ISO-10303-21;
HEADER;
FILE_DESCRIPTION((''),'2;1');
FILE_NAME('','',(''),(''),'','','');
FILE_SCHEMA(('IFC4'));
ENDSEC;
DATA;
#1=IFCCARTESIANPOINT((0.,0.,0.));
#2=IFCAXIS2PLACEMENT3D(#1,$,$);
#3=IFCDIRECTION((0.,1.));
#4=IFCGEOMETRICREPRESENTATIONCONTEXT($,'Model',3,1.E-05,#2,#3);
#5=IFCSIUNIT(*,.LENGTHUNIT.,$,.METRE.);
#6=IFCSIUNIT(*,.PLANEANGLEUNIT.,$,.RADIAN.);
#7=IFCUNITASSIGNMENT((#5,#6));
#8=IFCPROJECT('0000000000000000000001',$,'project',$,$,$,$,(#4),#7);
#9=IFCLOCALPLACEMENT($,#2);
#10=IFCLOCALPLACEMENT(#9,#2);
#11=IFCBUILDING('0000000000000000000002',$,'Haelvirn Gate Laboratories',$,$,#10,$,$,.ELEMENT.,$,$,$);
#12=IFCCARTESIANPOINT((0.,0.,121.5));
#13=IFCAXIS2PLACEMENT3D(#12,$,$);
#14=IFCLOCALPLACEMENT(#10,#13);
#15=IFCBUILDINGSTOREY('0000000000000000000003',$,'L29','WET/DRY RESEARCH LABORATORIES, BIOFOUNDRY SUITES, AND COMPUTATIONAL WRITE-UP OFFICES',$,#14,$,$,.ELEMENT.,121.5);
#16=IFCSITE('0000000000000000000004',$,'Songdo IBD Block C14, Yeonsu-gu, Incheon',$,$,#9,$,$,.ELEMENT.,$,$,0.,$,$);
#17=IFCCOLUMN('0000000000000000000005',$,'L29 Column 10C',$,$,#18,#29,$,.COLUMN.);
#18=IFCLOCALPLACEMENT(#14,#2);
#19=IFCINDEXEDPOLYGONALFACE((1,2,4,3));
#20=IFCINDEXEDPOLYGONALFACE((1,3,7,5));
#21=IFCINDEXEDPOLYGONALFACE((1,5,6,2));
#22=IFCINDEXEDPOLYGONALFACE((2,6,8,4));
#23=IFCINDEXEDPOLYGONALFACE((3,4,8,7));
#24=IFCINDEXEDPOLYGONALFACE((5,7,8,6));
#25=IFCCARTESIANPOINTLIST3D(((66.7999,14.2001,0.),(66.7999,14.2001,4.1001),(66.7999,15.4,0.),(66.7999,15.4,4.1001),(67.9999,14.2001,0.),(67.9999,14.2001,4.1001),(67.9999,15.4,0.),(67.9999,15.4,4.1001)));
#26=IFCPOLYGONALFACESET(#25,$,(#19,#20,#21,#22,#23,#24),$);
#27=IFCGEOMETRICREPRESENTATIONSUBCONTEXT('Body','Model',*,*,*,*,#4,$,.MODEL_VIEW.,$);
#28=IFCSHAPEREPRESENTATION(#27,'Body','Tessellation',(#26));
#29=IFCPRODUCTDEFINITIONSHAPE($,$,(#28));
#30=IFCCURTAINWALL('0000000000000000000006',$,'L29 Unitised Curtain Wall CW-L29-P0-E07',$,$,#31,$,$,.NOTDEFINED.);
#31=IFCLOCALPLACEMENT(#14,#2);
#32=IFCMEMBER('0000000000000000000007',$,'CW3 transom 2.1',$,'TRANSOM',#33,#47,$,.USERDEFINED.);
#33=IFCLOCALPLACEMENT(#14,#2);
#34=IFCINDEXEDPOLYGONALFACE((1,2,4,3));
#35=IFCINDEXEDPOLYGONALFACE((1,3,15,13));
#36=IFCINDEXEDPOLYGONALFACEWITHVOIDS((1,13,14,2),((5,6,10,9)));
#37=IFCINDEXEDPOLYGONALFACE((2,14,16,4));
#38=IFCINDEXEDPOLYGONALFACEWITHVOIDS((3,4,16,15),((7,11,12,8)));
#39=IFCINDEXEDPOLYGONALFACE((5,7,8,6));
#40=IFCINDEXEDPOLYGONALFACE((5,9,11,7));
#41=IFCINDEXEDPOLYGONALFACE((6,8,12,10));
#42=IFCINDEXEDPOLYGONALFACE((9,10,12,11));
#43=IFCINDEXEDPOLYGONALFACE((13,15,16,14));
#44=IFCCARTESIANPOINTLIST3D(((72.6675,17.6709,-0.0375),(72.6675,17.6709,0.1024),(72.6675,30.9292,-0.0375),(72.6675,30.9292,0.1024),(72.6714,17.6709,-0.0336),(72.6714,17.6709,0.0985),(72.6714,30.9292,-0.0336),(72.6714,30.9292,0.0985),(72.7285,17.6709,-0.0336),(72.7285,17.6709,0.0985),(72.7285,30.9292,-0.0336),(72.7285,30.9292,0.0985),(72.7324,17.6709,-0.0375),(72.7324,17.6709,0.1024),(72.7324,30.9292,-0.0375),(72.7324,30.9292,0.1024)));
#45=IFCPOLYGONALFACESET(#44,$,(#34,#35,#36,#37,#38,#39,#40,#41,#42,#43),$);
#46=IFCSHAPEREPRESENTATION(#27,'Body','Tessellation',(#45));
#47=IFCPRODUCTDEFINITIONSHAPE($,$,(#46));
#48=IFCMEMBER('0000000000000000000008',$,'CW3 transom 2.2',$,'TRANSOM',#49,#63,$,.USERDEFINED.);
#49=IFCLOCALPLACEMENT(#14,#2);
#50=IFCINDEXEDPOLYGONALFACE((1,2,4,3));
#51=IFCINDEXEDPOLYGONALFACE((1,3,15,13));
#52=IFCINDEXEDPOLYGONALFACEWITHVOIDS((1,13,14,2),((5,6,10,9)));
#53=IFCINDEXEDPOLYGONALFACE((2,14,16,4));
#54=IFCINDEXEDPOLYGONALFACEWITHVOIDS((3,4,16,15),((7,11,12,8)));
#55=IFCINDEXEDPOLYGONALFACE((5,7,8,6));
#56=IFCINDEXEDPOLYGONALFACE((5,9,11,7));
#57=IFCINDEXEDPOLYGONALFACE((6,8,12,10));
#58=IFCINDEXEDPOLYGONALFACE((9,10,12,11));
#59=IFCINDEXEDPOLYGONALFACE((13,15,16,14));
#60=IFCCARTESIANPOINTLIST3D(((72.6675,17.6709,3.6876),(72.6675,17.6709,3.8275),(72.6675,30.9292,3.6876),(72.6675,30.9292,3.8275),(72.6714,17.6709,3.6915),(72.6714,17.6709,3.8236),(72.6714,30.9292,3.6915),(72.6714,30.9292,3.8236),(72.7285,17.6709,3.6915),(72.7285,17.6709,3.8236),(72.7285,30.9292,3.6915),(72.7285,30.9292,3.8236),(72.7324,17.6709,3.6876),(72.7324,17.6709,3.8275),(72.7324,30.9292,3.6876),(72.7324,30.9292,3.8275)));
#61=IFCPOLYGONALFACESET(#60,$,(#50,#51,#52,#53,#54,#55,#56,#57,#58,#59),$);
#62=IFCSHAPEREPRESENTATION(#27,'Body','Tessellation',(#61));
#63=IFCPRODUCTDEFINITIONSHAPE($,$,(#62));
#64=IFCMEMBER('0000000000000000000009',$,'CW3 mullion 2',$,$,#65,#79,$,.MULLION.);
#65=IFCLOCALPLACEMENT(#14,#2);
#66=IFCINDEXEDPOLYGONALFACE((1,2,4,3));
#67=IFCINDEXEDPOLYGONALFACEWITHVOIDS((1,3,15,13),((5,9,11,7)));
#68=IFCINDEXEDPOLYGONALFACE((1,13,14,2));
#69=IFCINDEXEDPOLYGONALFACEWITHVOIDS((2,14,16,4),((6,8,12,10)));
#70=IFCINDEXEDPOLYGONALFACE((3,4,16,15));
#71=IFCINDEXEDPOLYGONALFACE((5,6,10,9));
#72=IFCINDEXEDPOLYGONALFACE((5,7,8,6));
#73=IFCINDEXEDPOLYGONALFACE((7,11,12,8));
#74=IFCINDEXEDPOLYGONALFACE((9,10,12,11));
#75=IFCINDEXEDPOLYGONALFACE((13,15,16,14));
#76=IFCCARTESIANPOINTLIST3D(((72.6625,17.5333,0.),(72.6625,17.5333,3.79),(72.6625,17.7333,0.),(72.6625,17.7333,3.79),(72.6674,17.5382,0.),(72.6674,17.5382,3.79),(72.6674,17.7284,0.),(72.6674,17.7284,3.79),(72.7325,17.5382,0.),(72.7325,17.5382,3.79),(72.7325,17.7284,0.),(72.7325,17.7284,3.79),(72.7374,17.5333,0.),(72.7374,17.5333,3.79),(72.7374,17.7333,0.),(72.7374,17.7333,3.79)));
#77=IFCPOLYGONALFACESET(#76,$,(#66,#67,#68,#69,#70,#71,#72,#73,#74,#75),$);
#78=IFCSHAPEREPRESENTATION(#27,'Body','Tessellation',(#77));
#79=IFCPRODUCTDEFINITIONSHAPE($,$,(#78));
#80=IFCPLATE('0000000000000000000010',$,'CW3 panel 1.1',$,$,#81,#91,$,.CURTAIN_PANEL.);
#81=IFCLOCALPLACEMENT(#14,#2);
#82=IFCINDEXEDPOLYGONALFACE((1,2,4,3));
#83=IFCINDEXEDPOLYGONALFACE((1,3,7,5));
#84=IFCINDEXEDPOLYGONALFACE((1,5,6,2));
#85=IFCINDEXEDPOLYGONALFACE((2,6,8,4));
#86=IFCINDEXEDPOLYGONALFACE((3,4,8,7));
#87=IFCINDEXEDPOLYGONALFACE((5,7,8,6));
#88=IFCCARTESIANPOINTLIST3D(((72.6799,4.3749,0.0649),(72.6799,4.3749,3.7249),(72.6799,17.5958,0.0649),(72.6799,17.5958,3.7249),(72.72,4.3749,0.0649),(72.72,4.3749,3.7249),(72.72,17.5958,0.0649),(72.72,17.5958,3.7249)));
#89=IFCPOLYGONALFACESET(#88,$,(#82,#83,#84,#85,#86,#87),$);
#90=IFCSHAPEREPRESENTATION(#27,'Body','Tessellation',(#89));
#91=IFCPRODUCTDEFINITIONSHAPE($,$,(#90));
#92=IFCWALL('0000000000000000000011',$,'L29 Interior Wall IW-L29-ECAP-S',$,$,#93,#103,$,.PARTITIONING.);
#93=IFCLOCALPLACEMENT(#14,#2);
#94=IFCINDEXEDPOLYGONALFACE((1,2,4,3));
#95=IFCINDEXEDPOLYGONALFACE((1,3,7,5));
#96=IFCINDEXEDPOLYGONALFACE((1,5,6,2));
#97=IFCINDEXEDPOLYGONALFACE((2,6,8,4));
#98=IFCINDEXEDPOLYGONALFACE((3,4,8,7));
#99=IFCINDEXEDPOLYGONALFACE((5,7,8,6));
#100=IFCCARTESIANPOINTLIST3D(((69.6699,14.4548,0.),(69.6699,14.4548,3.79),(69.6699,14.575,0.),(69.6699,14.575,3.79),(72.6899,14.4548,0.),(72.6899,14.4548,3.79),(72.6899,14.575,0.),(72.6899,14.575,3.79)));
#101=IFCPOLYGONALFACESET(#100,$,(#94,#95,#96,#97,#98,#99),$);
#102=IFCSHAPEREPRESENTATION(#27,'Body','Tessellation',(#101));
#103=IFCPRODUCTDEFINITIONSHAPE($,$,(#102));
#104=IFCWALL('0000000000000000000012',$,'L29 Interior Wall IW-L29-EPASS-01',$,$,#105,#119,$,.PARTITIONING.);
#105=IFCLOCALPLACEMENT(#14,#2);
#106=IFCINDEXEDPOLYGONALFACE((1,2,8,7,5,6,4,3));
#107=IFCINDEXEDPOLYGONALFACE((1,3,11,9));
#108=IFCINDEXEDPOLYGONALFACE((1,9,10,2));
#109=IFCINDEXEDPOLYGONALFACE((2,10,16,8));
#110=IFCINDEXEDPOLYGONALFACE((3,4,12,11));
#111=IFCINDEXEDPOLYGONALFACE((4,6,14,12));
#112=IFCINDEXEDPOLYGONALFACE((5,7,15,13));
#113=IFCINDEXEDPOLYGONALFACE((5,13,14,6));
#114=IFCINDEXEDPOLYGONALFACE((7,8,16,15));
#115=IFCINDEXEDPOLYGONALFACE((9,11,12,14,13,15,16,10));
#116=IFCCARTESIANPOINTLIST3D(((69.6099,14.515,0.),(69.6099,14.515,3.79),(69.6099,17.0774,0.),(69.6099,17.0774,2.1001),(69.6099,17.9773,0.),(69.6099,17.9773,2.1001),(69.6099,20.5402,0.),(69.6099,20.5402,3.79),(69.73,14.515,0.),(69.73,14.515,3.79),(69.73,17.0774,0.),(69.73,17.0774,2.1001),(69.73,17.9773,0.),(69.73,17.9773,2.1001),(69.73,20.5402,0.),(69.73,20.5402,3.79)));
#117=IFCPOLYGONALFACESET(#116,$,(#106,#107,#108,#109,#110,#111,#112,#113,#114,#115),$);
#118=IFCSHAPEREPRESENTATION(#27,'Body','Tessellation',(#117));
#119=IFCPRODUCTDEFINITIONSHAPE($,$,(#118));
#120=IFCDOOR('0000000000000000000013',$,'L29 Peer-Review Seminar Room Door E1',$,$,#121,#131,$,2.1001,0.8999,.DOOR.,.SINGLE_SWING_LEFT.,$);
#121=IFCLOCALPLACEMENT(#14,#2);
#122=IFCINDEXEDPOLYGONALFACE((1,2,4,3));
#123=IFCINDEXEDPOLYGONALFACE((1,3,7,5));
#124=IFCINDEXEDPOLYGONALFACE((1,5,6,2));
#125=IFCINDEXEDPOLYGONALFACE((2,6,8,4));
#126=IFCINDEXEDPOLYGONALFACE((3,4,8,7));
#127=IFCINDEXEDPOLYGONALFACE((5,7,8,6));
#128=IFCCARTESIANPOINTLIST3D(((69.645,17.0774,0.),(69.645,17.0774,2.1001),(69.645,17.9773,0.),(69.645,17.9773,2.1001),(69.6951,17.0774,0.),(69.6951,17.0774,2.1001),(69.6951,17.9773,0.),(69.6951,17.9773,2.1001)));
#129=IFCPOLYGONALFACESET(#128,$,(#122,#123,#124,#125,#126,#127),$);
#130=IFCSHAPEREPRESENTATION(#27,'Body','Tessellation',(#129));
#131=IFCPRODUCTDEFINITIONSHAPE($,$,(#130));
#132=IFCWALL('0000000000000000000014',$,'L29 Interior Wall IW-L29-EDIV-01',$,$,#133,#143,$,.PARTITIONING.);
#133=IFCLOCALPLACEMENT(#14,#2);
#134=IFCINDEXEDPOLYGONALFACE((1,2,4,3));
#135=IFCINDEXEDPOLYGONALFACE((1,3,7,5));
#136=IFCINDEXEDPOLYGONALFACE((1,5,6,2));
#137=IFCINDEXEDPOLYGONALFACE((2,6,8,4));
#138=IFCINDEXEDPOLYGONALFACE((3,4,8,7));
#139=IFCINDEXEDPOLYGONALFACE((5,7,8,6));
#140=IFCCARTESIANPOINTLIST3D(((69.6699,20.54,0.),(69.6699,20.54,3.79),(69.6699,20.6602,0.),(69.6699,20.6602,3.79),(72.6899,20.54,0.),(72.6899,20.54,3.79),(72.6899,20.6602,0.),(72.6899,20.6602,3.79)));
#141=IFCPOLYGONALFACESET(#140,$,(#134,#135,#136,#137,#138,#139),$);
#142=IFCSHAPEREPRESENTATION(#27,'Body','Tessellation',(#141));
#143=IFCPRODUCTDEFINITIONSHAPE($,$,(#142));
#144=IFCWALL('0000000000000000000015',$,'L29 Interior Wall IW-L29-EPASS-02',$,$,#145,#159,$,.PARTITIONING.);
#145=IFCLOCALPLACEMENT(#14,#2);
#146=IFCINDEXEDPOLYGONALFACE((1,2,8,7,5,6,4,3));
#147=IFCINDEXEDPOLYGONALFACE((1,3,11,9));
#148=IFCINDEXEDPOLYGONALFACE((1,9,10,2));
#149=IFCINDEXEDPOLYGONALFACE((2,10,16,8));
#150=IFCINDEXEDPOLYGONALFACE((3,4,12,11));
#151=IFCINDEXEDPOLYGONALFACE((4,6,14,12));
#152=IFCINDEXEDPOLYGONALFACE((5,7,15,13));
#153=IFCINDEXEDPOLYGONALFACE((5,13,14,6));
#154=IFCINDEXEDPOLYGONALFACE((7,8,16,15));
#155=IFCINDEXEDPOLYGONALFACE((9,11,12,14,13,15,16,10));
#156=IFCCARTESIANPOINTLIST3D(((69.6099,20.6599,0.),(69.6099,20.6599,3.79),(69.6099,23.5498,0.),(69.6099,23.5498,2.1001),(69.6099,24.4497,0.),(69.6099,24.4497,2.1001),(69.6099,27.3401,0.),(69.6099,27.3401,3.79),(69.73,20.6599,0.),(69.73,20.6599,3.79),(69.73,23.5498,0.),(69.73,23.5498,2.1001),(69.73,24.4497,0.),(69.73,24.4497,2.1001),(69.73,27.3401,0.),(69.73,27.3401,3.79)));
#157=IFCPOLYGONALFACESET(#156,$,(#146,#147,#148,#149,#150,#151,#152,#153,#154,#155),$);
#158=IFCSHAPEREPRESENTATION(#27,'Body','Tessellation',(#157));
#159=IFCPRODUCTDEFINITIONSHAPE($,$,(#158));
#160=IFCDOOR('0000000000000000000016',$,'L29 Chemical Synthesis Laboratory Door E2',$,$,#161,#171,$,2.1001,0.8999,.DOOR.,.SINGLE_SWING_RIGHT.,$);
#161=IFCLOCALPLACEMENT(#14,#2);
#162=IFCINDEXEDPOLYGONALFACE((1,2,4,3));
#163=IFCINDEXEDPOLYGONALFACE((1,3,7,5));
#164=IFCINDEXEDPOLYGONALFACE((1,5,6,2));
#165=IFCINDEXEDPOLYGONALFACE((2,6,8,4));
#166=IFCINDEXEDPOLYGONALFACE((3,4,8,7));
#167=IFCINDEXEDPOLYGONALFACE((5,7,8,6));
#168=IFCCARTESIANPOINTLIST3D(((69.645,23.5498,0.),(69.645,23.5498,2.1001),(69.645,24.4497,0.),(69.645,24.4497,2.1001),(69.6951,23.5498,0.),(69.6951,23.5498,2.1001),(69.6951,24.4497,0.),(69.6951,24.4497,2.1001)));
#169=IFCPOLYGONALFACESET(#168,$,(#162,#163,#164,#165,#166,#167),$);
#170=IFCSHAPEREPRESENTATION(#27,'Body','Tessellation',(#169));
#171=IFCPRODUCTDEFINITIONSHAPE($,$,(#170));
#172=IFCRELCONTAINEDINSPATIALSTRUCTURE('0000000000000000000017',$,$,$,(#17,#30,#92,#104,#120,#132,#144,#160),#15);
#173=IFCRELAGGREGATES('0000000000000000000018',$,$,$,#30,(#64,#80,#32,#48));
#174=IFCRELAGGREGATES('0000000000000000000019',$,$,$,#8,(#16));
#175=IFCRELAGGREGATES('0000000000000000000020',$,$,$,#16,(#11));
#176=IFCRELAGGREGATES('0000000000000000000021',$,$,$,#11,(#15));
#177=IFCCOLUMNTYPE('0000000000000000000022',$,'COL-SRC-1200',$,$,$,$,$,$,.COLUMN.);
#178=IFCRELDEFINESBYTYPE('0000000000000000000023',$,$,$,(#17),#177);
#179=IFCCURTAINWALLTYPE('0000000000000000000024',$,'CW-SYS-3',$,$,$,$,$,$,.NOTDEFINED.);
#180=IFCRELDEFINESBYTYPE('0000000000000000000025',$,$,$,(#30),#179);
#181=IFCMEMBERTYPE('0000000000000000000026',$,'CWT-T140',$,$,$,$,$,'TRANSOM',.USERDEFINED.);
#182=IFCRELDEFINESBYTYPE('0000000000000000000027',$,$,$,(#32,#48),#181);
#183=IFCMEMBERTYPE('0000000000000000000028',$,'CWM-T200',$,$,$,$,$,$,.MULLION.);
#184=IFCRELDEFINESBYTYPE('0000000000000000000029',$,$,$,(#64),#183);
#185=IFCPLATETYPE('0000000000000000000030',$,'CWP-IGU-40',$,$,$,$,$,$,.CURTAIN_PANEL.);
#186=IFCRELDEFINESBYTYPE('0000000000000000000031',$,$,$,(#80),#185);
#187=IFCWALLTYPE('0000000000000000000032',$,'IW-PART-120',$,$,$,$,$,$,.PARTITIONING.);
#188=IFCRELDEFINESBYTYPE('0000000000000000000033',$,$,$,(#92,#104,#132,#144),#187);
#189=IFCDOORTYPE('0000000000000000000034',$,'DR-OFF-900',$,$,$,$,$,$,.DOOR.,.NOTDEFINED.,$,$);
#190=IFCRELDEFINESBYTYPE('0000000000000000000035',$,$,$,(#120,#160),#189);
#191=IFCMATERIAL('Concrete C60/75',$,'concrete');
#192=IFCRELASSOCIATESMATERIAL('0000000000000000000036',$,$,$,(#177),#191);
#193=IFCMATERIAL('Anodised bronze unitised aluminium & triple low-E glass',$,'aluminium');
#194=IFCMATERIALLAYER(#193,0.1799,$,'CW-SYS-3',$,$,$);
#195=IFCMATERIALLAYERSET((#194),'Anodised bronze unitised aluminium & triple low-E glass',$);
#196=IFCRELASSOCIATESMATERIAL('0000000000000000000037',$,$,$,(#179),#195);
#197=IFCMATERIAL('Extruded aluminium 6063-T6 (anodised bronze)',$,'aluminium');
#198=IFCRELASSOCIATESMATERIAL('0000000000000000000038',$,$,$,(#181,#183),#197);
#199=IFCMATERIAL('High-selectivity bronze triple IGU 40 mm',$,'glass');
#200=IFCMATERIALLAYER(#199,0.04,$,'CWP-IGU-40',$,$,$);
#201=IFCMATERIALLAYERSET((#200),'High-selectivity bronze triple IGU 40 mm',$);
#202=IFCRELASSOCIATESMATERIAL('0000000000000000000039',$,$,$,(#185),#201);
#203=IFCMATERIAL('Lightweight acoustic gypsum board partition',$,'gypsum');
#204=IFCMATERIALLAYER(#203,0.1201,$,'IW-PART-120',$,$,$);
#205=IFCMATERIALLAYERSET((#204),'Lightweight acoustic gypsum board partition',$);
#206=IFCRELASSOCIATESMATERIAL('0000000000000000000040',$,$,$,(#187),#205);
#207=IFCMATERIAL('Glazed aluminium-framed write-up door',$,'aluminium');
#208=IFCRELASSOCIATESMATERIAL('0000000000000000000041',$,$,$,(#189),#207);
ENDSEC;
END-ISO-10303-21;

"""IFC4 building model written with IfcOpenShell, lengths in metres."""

from ifc_helpers import new_model, si_unit, direction, frame, frame_2d, origin, origin_2d, place, context, subcontext, project, spatial, rectangle, hollow_rectangle, extrude, source, transform, mapped, material, layer, layer_set, material_profile, profile_set, type_object, type_shapes, element, fill, aggregate, save


model = new_model("IFC4")

# Units and contexts
model_context = context("Model", 3, precision=1e-05, world=origin(), true_north=direction((0.0, 1.0)))
body_context = subcontext(model_context, "Body", "Model", "MODEL_VIEW")
ifc_project = project(units=[si_unit("LENGTHUNIT", "METRE"), si_unit("PLANEANGLEUNIT", "RADIAN")], contexts=[model_context])

# Site, building, storey
site_placement = place(None, origin())
site = spatial("IfcSite", under=ifc_project, at=site_placement, Name="Songdo IBD Block C14, Yeonsu-gu, Incheon", CompositionType="ELEMENT", RefElevation=0.0)
building_placement = place(site_placement, origin())
building = spatial("IfcBuilding", under=site, at=building_placement, Name="Haelvirn Gate Laboratories", CompositionType="ELEMENT")
storey_placement = place(building_placement, frame((0.0, 0.0, 121.5)))
storey = spatial("IfcBuildingStorey", under=building, at=storey_placement, Name="L29", Description="WET/DRY RESEARCH LABORATORIES, BIOFOUNDRY SUITES, AND COMPUTATIONAL WRITE-UP OFFICES", CompositionType="ELEMENT", Elevation=121.5)

# Column
ifc_material_1 = material(Name="Concrete C60/75", Category="concrete")
ifc_material_profile_1 = material_profile(ifc_material_1, rectangle(XDim=1.2, YDim=1.2, at=origin_2d()), Name="SRC-1200x1200")
ifc_profile_set_1 = profile_set([ifc_material_profile_1], Name="Concrete C60/75")
column_type = type_object("IfcColumnType", Name="COL-SRC-1200", PredefinedType="COLUMN", material=ifc_profile_set_1)
shared_shape_1 = source(origin(), body_context, "Body", "SweptSolid", [
    extrude(rectangle(XDim=1.2, YDim=1.2, at=origin_2d()), origin(), (0.0, 0.0, 1.0), 4.1001),
])
type_shapes(column_type, [shared_shape_1])
column_placement = place(storey_placement, frame((67.3999, 14.8, 0.0), z_axis=(0.0, 0.0, 1.0), x_axis=(1.0, 0.0, 0.0)))
element("IfcColumn", 1, at=column_placement, inside=storey, type_object=column_type, Name="L29 Column 10C", PredefinedType="COLUMN", context=body_context, shape_type="MappedRepresentation", body=[
    mapped(shared_shape_1, transform((0.0, 0.0, 0.0), scale=1.0)),
])

# Curtain wall, members, plate
ifc_material_2 = material(Name="Anodised bronze unitised aluminium & triple low-E glass", Category="aluminium")
ifc_layer_1 = layer(ifc_material_2, 0.1799, Name="CW-SYS-3")
ifc_layer_set_1 = layer_set([ifc_layer_1], Name="Anodised bronze unitised aluminium & triple low-E glass")
curtain_wall_type = type_object("IfcCurtainWallType", Name="CW-SYS-3", PredefinedType="NOTDEFINED", material=ifc_layer_set_1)
curtain_wall_placement = place(storey_placement, origin())
curtain_wall = element("IfcCurtainWall", 2, at=curtain_wall_placement, inside=storey, type_object=curtain_wall_type, Name="L29 Unitised Curtain Wall CW-L29-P0-E07", PredefinedType="NOTDEFINED")
ifc_material_3 = material(Name="Extruded aluminium 6063-T6 (anodised bronze)", Category="aluminium")
ifc_material_profile_2 = material_profile(ifc_material_3, hollow_rectangle(XDim=0.0649, YDim=0.1399, WallThickness=0.0039, at=origin_2d()), Name="CWT-140x65x4")
ifc_profile_set_2 = profile_set([ifc_material_profile_2], Name="Extruded aluminium 6063-T6 (anodised bronze)")
member_type_1 = type_object("IfcMemberType", Name="CWT-T140", ElementType="TRANSOM", PredefinedType="USERDEFINED", material=ifc_profile_set_2)
shared_shape_2 = source(origin(), body_context, "Body", "SweptSolid", [
    extrude(hollow_rectangle(XDim=0.0649, YDim=0.1399, WallThickness=0.0039, at=origin_2d()), origin(), (0.0, 0.0, 1.0), 13.2583),
])
type_shapes(member_type_1, [shared_shape_2])
member_1_placement = place(storey_placement, frame((72.7, 17.6709, 0.0325), z_axis=(0.0, 1.0, 0.0), x_axis=(-1.0, 0.0, 0.0)))
member_1 = element("IfcMember", 3, at=member_1_placement, type_object=member_type_1, Name="CW3 transom 2.1", ObjectType="TRANSOM", PredefinedType="USERDEFINED", context=body_context, shape_type="MappedRepresentation", body=[
    mapped(shared_shape_2, transform((0.0, 0.0, 0.0), scale=1.0)),
])
member_2_placement = place(storey_placement, frame((72.7, 17.6709, 3.7576), z_axis=(0.0, 1.0, 0.0), x_axis=(-1.0, 0.0, 0.0)))
member_2 = element("IfcMember", 4, at=member_2_placement, type_object=member_type_1, Name="CW3 transom 2.2", ObjectType="TRANSOM", PredefinedType="USERDEFINED", context=body_context, shape_type="MappedRepresentation", body=[
    mapped(shared_shape_2, transform((0.0, 0.0, 0.0), scale=1.0)),
])
ifc_material_profile_3 = material_profile(ifc_material_3, hollow_rectangle(XDim=0.075, YDim=0.2, WallThickness=0.0049, at=origin_2d()), Name="CWM-200x75x5")
ifc_profile_set_3 = profile_set([ifc_material_profile_3], Name="Extruded aluminium 6063-T6 (anodised bronze)")
member_type_2 = type_object("IfcMemberType", Name="CWM-T200", PredefinedType="MULLION", material=ifc_profile_set_3)
shared_shape_3 = source(origin(), body_context, "Body", "SweptSolid", [
    extrude(hollow_rectangle(XDim=0.075, YDim=0.2, WallThickness=0.0049, at=origin_2d()), origin(), (0.0, 0.0, 1.0), 3.79),
])
type_shapes(member_type_2, [shared_shape_3])
member_3_placement = place(storey_placement, frame((72.7, 17.6333, 0.0), z_axis=(0.0, 0.0, 1.0), x_axis=(-1.0, 0.0, 0.0)))
member_3 = element("IfcMember", 5, at=member_3_placement, type_object=member_type_2, Name="CW3 mullion 2", PredefinedType="MULLION", context=body_context, shape_type="MappedRepresentation", body=[
    mapped(shared_shape_3, transform((0.0, 0.0, 0.0), scale=1.0)),
])
ifc_material_4 = material(Name="High-selectivity bronze triple IGU 40 mm", Category="glass")
ifc_layer_2 = layer(ifc_material_4, 0.04, Name="CWP-IGU-40")
ifc_layer_set_2 = layer_set([ifc_layer_2], Name="High-selectivity bronze triple IGU 40 mm")
plate_type = type_object("IfcPlateType", Name="CWP-IGU-40", PredefinedType="CURTAIN_PANEL", material=ifc_layer_set_2)
shared_shape_4 = source(origin(), body_context, "Body", "SweptSolid", [
    extrude(rectangle(XDim=13.2209, YDim=0.04, at=origin_2d()), origin(), (0.0, 0.0, 1.0), 3.6599),
])
type_shapes(plate_type, [shared_shape_4])
plate_placement = place(storey_placement, frame((72.7, 10.9854, 0.0649), z_axis=(0.0, 0.0, 1.0), x_axis=(0.0, 1.0, 0.0)))
plate = element("IfcPlate", 6, at=plate_placement, type_object=plate_type, Name="CW3 panel 1.1", PredefinedType="CURTAIN_PANEL", context=body_context, shape_type="MappedRepresentation", body=[
    mapped(shared_shape_4, transform((0.0, 0.0, 0.0), scale=1.0)),
])
aggregate(curtain_wall, [member_3, plate, member_1, member_2])

# Wall
ifc_material_5 = material(Name="Lightweight acoustic gypsum board partition", Category="gypsum")
ifc_layer_3 = layer(ifc_material_5, 0.1201, Name="IW-PART-120")
ifc_layer_set_3 = layer_set([ifc_layer_3], Name="Lightweight acoustic gypsum board partition")
wall_type_1 = type_object("IfcWallType", Name="IW-PART-120", PredefinedType="PARTITIONING", material=ifc_layer_set_3)
wall_1_placement = place(storey_placement, frame((69.6699, 14.5149, 0.0), z_axis=(0.0, 0.0, 1.0), x_axis=(1.0, 0.0, 0.0)))
element("IfcWall", 7, at=wall_1_placement, inside=storey, type_object=wall_type_1, Name="L29 Interior Wall IW-L29-ECAP-S", PredefinedType="PARTITIONING", context=body_context, shape_type="SweptSolid", body=[
    extrude(rectangle(XDim=3.02, YDim=0.1201, at=frame_2d((1.51, 0.0))), origin(), (0.0, 0.0, 1.0), 3.79),
])

# Wall, opening, door
wall_2_placement = place(storey_placement, frame((69.6699, 14.5149, 0.0), z_axis=(0.0, 0.0, 1.0), x_axis=(0.0, 1.0, 0.0)))
wall_2 = element("IfcWall", 8, at=wall_2_placement, inside=storey, type_object=wall_type_1, Name="L29 Interior Wall IW-L29-EPASS-01", PredefinedType="PARTITIONING", context=body_context, shape_type="SweptSolid", body=[
    extrude(rectangle(XDim=6.0251, YDim=0.1201, at=frame_2d((3.0127, 0.0))), origin(), (0.0, 0.0, 1.0), 3.79),
])
opening_1_placement = place(wall_2_placement, frame((2.5625, 0.0, 0.0)))
opening_1 = element("IfcOpeningElement", 9, at=opening_1_placement, cuts=wall_2, PredefinedType="OPENING", context=body_context, shape_type="SweptSolid", body=[
    extrude(rectangle(XDim=0.8999, YDim=2.1001, at=frame_2d((0.45, 1.05))), frame((0.0, 0.0701, 0.0), z_axis=(0.0, -1.0, 0.0), x_axis=(1.0, 0.0, 0.0)), (0.0, 0.0, 1.0), 0.1401),
])
ifc_material_6 = material(Name="Glazed aluminium-framed write-up door", Category="aluminium")
door_type_1 = type_object("IfcDoorType", Name="DR-OFF-900", OperationType="NOTDEFINED", PredefinedType="DOOR", material=ifc_material_6)
shared_shape_5 = source(origin(), body_context, "Body", "SweptSolid", [
    extrude(rectangle(XDim=0.8999, YDim=2.1001, at=frame_2d((0.45, 1.05))), frame((0.0, 0.0249, 0.0), z_axis=(0.0, -1.0, 0.0), x_axis=(1.0, 0.0, 0.0)), (0.0, 0.0, 1.0), 0.05),
])
type_shapes(door_type_1, [shared_shape_5])
door_1_placement = place(opening_1_placement, origin())
door_1 = element("IfcDoor", 10, at=door_1_placement, inside=storey, type_object=door_type_1, Name="L29 Peer-Review Seminar Room Door E1", OperationType="SINGLE_SWING_LEFT", OverallHeight=2.1001, OverallWidth=0.8999, PredefinedType="DOOR", context=body_context, shape_type="MappedRepresentation", body=[
    mapped(shared_shape_5, transform((0.0, 0.0, 0.0), scale=1.0)),
])
fill(opening_1, door_1)

# Wall
wall_3_placement = place(storey_placement, frame((69.6699, 20.6001, 0.0), z_axis=(0.0, 0.0, 1.0), x_axis=(1.0, 0.0, 0.0)))
element("IfcWall", 11, at=wall_3_placement, inside=storey, type_object=wall_type_1, Name="L29 Interior Wall IW-L29-EDIV-01", PredefinedType="PARTITIONING", context=body_context, shape_type="SweptSolid", body=[
    extrude(rectangle(XDim=3.02, YDim=0.1201, at=frame_2d((1.51, 0.0))), origin(), (0.0, 0.0, 1.0), 3.79),
])

# Wall, opening, door
wall_4_placement = place(storey_placement, frame((69.6699, 20.6599, 0.0), z_axis=(0.0, 0.0, 1.0), x_axis=(0.0, 1.0, 0.0)))
wall_4 = element("IfcWall", 12, at=wall_4_placement, inside=storey, type_object=wall_type_1, Name="L29 Interior Wall IW-L29-EPASS-02", PredefinedType="PARTITIONING", context=body_context, shape_type="SweptSolid", body=[
    extrude(rectangle(XDim=6.6802, YDim=0.1201, at=frame_2d((3.3401, 0.0))), origin(), (0.0, 0.0, 1.0), 3.79),
])
opening_2_placement = place(wall_4_placement, frame((2.8899, 0.0, 0.0)))
opening_2 = element("IfcOpeningElement", 13, at=opening_2_placement, cuts=wall_4, PredefinedType="OPENING", context=body_context, shape_type="SweptSolid", body=[
    extrude(rectangle(XDim=0.8999, YDim=2.1001, at=frame_2d((0.45, 1.05))), frame((0.0, 0.0701, 0.0), z_axis=(0.0, -1.0, 0.0), x_axis=(1.0, 0.0, 0.0)), (0.0, 0.0, 1.0), 0.1401),
])
door_2_placement = place(opening_2_placement, origin())
door_2 = element("IfcDoor", 14, at=door_2_placement, inside=storey, type_object=door_type_1, Name="L29 Chemical Synthesis Laboratory Door E2", OperationType="SINGLE_SWING_RIGHT", OverallHeight=2.1001, OverallWidth=0.8999, PredefinedType="DOOR", context=body_context, shape_type="MappedRepresentation", body=[
    mapped(shared_shape_5, transform((0.0, 0.0, 0.0), scale=1.0)),
])
fill(opening_2, door_2)

save(model, "model.ifc")
